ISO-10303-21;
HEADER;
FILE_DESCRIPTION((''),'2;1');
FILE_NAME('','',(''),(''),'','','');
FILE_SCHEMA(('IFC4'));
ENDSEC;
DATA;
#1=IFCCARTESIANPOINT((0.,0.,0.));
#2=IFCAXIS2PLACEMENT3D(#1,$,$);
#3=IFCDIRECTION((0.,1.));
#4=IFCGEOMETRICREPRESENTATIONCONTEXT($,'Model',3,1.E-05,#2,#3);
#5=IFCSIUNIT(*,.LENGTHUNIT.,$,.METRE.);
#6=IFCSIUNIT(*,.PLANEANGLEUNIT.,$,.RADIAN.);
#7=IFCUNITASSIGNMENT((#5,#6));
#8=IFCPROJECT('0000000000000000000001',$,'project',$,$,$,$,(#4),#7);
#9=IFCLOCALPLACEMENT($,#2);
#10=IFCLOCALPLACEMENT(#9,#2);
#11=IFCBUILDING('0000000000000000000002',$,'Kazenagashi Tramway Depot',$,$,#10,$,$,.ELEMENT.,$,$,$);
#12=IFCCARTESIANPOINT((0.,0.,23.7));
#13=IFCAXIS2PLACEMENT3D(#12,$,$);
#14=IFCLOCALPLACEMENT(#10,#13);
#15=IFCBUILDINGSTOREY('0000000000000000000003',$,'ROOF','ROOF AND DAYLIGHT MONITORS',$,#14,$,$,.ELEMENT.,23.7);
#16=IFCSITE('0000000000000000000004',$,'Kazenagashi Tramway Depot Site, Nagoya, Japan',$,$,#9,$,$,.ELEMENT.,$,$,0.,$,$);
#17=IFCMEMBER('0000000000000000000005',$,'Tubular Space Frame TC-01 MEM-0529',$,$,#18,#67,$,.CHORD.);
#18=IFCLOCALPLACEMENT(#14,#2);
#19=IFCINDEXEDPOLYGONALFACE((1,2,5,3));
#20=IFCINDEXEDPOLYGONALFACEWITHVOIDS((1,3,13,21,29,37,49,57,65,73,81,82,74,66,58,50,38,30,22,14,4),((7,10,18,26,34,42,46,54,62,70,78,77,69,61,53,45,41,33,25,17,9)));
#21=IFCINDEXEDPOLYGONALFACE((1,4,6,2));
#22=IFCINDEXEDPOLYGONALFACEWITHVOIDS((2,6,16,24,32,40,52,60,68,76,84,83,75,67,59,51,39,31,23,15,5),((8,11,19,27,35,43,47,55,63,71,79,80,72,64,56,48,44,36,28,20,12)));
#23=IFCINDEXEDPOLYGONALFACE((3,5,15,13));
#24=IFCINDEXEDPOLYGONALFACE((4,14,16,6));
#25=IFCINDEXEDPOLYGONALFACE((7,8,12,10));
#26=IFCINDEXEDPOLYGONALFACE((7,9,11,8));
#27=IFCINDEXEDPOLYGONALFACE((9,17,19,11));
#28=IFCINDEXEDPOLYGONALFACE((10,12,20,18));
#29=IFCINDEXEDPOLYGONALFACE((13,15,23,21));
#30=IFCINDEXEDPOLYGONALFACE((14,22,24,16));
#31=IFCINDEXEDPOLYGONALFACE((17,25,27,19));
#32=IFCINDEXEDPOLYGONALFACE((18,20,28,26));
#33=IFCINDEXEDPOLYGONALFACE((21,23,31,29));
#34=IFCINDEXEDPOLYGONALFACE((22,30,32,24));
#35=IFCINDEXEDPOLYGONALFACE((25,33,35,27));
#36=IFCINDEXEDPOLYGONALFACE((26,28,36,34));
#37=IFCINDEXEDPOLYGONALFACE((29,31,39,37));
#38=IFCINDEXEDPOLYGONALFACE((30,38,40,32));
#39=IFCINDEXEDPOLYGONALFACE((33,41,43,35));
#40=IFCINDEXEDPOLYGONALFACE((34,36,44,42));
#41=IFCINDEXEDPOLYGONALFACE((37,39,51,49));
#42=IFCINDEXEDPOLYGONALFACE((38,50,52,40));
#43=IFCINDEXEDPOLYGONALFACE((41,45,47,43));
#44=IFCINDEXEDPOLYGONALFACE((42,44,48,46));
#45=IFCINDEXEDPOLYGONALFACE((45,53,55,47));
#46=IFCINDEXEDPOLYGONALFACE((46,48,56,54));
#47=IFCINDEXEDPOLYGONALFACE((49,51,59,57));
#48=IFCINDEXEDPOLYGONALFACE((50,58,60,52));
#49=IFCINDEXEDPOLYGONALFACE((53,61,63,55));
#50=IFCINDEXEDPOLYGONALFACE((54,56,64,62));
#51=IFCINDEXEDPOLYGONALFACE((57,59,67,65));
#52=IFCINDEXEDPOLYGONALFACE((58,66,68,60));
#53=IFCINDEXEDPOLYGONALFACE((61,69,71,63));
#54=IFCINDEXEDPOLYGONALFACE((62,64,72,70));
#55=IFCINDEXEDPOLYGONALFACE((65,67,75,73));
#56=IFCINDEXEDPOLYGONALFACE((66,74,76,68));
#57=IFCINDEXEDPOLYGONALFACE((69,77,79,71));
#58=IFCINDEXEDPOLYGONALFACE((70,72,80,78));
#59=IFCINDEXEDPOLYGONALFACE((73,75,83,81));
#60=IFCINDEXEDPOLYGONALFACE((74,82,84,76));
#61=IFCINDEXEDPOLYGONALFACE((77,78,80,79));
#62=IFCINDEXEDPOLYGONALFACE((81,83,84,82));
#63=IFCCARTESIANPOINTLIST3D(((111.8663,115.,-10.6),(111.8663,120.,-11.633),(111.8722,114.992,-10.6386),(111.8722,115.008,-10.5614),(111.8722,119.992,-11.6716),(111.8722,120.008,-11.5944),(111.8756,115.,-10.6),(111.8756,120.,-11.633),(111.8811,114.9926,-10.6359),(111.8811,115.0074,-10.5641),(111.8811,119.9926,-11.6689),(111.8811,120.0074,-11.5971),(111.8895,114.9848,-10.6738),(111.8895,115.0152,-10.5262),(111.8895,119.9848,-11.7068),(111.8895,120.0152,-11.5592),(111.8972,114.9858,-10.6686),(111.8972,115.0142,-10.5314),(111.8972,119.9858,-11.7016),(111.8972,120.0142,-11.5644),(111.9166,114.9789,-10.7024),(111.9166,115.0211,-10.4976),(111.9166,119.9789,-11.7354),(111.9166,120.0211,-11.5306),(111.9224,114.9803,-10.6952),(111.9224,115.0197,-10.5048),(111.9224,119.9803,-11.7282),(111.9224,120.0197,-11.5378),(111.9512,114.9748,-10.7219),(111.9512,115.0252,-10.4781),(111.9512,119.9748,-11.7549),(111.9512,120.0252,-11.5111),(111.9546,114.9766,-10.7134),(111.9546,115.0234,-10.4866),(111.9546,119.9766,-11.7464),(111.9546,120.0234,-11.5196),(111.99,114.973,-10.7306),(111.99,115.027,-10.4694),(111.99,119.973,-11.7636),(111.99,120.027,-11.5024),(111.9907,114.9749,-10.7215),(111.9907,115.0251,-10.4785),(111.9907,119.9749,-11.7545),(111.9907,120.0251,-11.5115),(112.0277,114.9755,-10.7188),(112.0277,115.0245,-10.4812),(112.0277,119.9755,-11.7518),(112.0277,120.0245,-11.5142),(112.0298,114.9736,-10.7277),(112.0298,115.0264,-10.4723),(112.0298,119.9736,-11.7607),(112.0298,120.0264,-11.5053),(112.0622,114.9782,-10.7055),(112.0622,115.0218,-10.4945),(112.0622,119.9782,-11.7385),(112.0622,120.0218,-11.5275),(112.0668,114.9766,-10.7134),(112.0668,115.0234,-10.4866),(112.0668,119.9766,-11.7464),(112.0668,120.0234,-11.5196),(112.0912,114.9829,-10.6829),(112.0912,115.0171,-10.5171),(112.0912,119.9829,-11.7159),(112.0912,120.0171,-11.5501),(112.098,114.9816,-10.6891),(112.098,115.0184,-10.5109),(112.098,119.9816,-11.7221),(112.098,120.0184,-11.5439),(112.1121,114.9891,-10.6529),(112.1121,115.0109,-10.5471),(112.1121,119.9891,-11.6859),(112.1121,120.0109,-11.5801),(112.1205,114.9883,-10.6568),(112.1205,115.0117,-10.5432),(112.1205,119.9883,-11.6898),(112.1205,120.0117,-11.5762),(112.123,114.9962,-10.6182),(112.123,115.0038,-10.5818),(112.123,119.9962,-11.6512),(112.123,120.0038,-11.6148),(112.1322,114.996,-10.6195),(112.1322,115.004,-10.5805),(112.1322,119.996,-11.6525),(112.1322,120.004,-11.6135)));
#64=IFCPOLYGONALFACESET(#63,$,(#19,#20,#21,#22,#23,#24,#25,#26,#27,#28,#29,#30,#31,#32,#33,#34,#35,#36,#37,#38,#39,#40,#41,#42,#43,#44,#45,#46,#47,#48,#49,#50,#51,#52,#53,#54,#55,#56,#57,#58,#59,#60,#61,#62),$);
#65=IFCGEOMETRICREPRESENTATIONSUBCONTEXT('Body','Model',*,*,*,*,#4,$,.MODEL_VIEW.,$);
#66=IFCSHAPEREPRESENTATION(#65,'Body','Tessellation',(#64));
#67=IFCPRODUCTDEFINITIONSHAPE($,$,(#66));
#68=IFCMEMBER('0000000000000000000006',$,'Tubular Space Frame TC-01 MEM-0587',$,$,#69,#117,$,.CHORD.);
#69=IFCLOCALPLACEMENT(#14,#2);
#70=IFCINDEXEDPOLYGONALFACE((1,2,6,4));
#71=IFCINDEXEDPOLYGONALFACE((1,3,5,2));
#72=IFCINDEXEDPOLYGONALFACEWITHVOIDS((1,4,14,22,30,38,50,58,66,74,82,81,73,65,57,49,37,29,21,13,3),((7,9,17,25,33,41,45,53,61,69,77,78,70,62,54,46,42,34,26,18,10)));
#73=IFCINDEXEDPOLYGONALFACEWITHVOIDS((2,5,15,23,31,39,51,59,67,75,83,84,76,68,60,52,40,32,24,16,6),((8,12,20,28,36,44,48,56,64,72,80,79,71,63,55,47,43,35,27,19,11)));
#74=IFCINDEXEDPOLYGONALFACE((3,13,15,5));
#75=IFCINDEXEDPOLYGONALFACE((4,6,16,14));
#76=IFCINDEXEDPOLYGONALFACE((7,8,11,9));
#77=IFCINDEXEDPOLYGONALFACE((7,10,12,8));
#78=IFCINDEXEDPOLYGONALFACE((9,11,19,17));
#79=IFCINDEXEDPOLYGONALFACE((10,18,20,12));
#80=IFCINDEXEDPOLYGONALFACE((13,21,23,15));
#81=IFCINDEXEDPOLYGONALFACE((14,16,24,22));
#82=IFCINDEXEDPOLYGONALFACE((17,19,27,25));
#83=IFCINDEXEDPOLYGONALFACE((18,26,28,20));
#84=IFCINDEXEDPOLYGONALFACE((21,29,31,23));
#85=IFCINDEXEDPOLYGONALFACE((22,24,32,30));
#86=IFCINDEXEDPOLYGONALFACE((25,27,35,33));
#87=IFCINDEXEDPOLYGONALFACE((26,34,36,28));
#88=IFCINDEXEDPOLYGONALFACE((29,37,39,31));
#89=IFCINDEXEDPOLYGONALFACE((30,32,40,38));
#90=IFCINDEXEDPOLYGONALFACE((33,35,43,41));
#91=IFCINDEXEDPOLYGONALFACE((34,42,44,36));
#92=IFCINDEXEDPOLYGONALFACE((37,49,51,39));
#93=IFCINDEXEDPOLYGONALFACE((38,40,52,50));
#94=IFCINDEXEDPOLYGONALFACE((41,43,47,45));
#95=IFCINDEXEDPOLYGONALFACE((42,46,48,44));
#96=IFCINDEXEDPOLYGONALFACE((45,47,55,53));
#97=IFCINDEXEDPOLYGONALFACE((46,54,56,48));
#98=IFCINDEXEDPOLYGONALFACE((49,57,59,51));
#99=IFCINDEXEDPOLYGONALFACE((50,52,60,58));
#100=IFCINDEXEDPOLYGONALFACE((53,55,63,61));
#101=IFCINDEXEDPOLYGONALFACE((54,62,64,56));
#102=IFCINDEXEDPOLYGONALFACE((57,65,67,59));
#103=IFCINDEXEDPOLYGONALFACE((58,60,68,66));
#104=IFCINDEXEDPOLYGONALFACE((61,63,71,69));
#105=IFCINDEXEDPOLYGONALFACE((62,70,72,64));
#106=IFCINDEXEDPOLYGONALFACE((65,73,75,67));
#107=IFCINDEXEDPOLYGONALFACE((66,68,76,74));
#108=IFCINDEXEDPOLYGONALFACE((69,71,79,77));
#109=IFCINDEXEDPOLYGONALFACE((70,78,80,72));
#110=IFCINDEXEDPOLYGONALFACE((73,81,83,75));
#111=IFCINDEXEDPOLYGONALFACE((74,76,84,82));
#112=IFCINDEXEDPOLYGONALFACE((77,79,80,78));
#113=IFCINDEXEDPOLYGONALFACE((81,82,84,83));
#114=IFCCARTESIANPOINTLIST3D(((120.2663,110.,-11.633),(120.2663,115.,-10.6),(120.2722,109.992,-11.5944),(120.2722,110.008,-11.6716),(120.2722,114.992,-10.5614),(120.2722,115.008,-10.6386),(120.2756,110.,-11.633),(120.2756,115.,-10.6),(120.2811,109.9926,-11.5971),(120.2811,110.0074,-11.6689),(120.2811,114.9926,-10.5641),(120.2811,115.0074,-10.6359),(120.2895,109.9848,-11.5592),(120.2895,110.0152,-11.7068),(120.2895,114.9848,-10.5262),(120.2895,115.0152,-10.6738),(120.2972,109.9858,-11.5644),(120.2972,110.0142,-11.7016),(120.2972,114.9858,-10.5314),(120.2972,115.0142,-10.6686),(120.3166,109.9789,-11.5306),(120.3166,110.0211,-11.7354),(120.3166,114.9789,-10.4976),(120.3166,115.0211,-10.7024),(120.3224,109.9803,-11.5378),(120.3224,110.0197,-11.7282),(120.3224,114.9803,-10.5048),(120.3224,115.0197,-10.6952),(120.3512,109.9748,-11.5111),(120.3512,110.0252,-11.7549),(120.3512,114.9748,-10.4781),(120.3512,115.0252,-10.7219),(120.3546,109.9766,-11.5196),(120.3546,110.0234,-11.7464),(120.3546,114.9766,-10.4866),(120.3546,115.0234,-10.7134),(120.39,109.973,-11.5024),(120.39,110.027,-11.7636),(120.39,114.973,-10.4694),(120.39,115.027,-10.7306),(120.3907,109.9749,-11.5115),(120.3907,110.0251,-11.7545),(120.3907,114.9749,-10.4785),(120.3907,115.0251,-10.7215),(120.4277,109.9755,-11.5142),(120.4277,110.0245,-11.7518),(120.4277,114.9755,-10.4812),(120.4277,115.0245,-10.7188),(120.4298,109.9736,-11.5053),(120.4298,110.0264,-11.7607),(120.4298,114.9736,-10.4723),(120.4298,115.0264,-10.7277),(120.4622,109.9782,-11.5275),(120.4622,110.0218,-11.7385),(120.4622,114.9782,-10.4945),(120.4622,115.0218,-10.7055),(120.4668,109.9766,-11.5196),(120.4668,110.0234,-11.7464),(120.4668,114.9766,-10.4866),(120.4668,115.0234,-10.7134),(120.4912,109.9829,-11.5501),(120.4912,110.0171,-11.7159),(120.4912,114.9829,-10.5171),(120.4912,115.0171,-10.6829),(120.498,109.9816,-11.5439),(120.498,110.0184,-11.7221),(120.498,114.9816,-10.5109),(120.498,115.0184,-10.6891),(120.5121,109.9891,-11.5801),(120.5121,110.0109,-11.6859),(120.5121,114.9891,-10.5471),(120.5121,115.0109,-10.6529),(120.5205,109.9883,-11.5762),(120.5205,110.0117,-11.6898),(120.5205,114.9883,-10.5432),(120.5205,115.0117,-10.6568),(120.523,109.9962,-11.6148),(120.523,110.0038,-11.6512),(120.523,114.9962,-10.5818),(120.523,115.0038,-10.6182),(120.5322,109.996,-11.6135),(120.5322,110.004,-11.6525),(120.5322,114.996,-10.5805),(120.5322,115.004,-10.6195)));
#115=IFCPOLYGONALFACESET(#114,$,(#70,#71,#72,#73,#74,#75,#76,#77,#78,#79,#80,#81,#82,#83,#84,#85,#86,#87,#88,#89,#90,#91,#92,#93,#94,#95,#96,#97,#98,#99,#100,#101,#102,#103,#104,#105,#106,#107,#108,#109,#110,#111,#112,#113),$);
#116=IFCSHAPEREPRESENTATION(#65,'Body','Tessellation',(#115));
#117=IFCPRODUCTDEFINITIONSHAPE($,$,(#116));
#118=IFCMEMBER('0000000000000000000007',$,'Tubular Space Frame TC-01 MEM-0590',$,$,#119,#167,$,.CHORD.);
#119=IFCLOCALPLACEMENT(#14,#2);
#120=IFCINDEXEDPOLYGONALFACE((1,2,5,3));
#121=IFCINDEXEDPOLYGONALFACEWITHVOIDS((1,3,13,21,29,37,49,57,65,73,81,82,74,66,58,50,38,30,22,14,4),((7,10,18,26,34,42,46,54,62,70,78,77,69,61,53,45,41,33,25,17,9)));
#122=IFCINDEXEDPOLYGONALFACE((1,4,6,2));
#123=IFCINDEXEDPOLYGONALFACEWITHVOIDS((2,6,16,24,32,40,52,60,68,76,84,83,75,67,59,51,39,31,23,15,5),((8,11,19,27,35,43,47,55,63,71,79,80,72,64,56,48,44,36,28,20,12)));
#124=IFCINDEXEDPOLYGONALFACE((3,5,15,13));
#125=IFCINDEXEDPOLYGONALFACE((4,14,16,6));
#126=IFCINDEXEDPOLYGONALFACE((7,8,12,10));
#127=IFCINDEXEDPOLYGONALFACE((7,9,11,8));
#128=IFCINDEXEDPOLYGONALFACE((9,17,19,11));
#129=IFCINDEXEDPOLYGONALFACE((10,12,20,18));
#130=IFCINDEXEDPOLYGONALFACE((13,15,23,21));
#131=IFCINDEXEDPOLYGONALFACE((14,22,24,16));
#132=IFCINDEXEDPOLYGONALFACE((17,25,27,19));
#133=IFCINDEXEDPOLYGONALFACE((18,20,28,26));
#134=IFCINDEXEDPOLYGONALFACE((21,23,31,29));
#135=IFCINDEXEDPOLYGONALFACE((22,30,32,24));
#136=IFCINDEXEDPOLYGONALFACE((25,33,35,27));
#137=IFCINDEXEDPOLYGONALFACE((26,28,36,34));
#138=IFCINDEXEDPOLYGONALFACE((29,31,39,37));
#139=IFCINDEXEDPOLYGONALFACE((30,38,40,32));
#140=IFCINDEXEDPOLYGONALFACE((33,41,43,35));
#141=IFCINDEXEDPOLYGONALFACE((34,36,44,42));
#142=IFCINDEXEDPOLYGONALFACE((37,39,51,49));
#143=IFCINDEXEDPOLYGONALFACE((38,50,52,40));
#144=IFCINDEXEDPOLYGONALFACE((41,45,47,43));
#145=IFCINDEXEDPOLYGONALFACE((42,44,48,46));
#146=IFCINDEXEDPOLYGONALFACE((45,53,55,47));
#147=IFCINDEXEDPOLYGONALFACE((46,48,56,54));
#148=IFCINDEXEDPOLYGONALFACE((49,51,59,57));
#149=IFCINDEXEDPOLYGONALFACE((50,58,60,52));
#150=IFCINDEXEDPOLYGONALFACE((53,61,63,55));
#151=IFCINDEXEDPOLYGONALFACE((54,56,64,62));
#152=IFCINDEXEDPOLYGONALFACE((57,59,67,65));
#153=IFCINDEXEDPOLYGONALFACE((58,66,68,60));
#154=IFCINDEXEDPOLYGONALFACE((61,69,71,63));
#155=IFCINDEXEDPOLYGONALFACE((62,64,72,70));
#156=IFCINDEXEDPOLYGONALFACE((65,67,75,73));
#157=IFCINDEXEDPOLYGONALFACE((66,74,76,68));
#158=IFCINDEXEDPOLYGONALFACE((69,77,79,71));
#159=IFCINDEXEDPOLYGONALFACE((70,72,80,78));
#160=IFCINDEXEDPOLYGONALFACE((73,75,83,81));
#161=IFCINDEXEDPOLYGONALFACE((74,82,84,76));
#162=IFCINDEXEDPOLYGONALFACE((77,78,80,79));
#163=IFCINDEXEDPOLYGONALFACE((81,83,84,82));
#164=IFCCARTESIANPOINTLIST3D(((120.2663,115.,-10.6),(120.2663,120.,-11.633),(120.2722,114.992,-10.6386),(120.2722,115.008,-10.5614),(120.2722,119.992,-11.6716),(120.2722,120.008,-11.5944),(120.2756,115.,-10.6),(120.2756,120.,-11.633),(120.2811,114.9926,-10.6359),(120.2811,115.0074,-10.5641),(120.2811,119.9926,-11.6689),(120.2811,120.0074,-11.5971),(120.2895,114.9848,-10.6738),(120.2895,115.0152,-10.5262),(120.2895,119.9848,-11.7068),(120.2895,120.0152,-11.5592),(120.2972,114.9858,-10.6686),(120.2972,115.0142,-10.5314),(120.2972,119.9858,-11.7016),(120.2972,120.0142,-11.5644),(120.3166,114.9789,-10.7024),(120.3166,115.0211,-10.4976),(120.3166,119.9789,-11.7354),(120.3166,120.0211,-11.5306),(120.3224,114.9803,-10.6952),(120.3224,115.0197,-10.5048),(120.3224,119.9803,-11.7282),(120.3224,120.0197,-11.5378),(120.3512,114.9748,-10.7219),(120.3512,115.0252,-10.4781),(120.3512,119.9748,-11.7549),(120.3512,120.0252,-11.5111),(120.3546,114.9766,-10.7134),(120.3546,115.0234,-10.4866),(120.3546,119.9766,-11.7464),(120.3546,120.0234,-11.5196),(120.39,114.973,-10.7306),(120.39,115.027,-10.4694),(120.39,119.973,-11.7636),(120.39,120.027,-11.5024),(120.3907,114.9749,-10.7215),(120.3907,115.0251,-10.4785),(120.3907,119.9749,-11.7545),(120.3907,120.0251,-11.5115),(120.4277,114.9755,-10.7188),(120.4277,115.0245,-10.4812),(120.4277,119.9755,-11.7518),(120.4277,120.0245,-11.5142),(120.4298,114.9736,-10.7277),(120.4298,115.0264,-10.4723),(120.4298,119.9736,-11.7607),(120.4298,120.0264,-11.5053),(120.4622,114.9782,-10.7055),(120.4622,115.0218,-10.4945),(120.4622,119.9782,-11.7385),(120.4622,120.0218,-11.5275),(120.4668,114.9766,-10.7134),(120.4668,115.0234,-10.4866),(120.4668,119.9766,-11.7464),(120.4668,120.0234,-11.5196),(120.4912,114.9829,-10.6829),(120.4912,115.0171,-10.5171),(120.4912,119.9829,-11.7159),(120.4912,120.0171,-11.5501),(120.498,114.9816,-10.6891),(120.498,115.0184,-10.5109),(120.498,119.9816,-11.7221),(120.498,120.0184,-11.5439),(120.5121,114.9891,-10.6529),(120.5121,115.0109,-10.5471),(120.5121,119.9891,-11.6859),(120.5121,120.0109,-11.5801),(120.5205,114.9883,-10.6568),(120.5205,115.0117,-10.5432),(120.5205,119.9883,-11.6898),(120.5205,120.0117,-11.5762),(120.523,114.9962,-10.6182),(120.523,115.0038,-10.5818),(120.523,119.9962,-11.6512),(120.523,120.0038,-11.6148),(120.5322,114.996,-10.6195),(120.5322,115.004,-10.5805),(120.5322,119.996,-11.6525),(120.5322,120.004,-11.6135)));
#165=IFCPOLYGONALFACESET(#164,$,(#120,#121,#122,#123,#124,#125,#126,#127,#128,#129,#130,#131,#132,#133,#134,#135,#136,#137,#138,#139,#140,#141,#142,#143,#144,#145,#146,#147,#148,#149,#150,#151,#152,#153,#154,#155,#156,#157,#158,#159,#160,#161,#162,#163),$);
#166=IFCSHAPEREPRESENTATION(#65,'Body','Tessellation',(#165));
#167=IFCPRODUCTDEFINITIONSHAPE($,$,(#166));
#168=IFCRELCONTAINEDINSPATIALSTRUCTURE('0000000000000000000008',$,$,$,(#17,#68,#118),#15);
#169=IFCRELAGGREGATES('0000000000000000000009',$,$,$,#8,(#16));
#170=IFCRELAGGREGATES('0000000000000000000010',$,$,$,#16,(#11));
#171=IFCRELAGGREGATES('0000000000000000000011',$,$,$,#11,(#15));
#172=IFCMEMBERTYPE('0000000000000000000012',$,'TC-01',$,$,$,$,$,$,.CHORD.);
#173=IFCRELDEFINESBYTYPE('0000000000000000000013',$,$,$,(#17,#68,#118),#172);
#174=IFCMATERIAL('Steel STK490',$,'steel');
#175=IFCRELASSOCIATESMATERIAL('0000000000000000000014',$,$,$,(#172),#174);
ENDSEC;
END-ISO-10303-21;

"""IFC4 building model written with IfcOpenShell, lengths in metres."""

from ifc_helpers import new_model, si_unit, direction, frame, origin, origin_2d, place, context, subcontext, project, spatial, hollow_circle, extrude, material, material_profile, profile_set, type_object, element, save


model = new_model("IFC4")

# Units and contexts
model_context = context("Model", 3, precision=1e-05, world=origin(), true_north=direction((0.0, 1.0)))
body_context = subcontext(model_context, "Body", "Model", "MODEL_VIEW")
ifc_project = project(units=[si_unit("LENGTHUNIT", "METRE"), si_unit("PLANEANGLEUNIT", "RADIAN")], contexts=[model_context])

# Site, building, storey
site_placement = place(None, origin())
site = spatial("IfcSite", under=ifc_project, at=site_placement, Name="Kazenagashi Tramway Depot Site, Nagoya, Japan", CompositionType="ELEMENT", RefElevation=0.0)
building_placement = place(site_placement, origin())
building = spatial("IfcBuilding", under=site, at=building_placement, Name="Kazenagashi Tramway Depot", CompositionType="ELEMENT")
storey_placement = place(building_placement, frame((0.0, 0.0, 23.7)))
storey = spatial("IfcBuildingStorey", under=building, at=storey_placement, Name="ROOF", Description="ROOF AND DAYLIGHT MONITORS", CompositionType="ELEMENT", Elevation=23.7)

# Members
ifc_material_1 = material(Name="Steel STK490", Category="steel")
ifc_material_profile_1 = material_profile(ifc_material_1, hollow_circle(Radius=0.1337, WallThickness=0.0093, at=origin_2d()), Name="CHS-267.4x9.3")
ifc_profile_set_1 = profile_set([ifc_material_profile_1], Name="Steel STK490")
member_type_1 = type_object("IfcMemberType", Name="TC-01", PredefinedType="CHORD", material=ifc_profile_set_1)
for number, where, z_axis, x_axis, name in (
    (1, (112.0, 115.0, -10.6), (0.0, 0.979318, -0.202327), (-1.0, 0.0, 0.0), "Tubular Space Frame TC-01 MEM-0529"),
    (2, (120.4, 110.0, -11.633), (0.0, 0.979318, 0.202327), (-1.0, 0.0, 0.0), "Tubular Space Frame TC-01 MEM-0587"),
    (3, (120.4, 115.0, -10.6), (0.0, 0.979318, -0.202327), (-1.0, 0.0, 0.0), "Tubular Space Frame TC-01 MEM-0590"),
):
    element("IfcMember", number, at=place(storey_placement, frame(where, z_axis=z_axis, x_axis=x_axis)), inside=storey, type_object=member_type_1, Name=name, PredefinedType="CHORD", context=body_context, shape_type="SweptSolid", body=[
        extrude(hollow_circle(Radius=0.1337, WallThickness=0.0093, at=origin_2d()), origin(), (0.0, 0.0, 1.0), 5.1056),
    ])

save(model, "model.ifc")
